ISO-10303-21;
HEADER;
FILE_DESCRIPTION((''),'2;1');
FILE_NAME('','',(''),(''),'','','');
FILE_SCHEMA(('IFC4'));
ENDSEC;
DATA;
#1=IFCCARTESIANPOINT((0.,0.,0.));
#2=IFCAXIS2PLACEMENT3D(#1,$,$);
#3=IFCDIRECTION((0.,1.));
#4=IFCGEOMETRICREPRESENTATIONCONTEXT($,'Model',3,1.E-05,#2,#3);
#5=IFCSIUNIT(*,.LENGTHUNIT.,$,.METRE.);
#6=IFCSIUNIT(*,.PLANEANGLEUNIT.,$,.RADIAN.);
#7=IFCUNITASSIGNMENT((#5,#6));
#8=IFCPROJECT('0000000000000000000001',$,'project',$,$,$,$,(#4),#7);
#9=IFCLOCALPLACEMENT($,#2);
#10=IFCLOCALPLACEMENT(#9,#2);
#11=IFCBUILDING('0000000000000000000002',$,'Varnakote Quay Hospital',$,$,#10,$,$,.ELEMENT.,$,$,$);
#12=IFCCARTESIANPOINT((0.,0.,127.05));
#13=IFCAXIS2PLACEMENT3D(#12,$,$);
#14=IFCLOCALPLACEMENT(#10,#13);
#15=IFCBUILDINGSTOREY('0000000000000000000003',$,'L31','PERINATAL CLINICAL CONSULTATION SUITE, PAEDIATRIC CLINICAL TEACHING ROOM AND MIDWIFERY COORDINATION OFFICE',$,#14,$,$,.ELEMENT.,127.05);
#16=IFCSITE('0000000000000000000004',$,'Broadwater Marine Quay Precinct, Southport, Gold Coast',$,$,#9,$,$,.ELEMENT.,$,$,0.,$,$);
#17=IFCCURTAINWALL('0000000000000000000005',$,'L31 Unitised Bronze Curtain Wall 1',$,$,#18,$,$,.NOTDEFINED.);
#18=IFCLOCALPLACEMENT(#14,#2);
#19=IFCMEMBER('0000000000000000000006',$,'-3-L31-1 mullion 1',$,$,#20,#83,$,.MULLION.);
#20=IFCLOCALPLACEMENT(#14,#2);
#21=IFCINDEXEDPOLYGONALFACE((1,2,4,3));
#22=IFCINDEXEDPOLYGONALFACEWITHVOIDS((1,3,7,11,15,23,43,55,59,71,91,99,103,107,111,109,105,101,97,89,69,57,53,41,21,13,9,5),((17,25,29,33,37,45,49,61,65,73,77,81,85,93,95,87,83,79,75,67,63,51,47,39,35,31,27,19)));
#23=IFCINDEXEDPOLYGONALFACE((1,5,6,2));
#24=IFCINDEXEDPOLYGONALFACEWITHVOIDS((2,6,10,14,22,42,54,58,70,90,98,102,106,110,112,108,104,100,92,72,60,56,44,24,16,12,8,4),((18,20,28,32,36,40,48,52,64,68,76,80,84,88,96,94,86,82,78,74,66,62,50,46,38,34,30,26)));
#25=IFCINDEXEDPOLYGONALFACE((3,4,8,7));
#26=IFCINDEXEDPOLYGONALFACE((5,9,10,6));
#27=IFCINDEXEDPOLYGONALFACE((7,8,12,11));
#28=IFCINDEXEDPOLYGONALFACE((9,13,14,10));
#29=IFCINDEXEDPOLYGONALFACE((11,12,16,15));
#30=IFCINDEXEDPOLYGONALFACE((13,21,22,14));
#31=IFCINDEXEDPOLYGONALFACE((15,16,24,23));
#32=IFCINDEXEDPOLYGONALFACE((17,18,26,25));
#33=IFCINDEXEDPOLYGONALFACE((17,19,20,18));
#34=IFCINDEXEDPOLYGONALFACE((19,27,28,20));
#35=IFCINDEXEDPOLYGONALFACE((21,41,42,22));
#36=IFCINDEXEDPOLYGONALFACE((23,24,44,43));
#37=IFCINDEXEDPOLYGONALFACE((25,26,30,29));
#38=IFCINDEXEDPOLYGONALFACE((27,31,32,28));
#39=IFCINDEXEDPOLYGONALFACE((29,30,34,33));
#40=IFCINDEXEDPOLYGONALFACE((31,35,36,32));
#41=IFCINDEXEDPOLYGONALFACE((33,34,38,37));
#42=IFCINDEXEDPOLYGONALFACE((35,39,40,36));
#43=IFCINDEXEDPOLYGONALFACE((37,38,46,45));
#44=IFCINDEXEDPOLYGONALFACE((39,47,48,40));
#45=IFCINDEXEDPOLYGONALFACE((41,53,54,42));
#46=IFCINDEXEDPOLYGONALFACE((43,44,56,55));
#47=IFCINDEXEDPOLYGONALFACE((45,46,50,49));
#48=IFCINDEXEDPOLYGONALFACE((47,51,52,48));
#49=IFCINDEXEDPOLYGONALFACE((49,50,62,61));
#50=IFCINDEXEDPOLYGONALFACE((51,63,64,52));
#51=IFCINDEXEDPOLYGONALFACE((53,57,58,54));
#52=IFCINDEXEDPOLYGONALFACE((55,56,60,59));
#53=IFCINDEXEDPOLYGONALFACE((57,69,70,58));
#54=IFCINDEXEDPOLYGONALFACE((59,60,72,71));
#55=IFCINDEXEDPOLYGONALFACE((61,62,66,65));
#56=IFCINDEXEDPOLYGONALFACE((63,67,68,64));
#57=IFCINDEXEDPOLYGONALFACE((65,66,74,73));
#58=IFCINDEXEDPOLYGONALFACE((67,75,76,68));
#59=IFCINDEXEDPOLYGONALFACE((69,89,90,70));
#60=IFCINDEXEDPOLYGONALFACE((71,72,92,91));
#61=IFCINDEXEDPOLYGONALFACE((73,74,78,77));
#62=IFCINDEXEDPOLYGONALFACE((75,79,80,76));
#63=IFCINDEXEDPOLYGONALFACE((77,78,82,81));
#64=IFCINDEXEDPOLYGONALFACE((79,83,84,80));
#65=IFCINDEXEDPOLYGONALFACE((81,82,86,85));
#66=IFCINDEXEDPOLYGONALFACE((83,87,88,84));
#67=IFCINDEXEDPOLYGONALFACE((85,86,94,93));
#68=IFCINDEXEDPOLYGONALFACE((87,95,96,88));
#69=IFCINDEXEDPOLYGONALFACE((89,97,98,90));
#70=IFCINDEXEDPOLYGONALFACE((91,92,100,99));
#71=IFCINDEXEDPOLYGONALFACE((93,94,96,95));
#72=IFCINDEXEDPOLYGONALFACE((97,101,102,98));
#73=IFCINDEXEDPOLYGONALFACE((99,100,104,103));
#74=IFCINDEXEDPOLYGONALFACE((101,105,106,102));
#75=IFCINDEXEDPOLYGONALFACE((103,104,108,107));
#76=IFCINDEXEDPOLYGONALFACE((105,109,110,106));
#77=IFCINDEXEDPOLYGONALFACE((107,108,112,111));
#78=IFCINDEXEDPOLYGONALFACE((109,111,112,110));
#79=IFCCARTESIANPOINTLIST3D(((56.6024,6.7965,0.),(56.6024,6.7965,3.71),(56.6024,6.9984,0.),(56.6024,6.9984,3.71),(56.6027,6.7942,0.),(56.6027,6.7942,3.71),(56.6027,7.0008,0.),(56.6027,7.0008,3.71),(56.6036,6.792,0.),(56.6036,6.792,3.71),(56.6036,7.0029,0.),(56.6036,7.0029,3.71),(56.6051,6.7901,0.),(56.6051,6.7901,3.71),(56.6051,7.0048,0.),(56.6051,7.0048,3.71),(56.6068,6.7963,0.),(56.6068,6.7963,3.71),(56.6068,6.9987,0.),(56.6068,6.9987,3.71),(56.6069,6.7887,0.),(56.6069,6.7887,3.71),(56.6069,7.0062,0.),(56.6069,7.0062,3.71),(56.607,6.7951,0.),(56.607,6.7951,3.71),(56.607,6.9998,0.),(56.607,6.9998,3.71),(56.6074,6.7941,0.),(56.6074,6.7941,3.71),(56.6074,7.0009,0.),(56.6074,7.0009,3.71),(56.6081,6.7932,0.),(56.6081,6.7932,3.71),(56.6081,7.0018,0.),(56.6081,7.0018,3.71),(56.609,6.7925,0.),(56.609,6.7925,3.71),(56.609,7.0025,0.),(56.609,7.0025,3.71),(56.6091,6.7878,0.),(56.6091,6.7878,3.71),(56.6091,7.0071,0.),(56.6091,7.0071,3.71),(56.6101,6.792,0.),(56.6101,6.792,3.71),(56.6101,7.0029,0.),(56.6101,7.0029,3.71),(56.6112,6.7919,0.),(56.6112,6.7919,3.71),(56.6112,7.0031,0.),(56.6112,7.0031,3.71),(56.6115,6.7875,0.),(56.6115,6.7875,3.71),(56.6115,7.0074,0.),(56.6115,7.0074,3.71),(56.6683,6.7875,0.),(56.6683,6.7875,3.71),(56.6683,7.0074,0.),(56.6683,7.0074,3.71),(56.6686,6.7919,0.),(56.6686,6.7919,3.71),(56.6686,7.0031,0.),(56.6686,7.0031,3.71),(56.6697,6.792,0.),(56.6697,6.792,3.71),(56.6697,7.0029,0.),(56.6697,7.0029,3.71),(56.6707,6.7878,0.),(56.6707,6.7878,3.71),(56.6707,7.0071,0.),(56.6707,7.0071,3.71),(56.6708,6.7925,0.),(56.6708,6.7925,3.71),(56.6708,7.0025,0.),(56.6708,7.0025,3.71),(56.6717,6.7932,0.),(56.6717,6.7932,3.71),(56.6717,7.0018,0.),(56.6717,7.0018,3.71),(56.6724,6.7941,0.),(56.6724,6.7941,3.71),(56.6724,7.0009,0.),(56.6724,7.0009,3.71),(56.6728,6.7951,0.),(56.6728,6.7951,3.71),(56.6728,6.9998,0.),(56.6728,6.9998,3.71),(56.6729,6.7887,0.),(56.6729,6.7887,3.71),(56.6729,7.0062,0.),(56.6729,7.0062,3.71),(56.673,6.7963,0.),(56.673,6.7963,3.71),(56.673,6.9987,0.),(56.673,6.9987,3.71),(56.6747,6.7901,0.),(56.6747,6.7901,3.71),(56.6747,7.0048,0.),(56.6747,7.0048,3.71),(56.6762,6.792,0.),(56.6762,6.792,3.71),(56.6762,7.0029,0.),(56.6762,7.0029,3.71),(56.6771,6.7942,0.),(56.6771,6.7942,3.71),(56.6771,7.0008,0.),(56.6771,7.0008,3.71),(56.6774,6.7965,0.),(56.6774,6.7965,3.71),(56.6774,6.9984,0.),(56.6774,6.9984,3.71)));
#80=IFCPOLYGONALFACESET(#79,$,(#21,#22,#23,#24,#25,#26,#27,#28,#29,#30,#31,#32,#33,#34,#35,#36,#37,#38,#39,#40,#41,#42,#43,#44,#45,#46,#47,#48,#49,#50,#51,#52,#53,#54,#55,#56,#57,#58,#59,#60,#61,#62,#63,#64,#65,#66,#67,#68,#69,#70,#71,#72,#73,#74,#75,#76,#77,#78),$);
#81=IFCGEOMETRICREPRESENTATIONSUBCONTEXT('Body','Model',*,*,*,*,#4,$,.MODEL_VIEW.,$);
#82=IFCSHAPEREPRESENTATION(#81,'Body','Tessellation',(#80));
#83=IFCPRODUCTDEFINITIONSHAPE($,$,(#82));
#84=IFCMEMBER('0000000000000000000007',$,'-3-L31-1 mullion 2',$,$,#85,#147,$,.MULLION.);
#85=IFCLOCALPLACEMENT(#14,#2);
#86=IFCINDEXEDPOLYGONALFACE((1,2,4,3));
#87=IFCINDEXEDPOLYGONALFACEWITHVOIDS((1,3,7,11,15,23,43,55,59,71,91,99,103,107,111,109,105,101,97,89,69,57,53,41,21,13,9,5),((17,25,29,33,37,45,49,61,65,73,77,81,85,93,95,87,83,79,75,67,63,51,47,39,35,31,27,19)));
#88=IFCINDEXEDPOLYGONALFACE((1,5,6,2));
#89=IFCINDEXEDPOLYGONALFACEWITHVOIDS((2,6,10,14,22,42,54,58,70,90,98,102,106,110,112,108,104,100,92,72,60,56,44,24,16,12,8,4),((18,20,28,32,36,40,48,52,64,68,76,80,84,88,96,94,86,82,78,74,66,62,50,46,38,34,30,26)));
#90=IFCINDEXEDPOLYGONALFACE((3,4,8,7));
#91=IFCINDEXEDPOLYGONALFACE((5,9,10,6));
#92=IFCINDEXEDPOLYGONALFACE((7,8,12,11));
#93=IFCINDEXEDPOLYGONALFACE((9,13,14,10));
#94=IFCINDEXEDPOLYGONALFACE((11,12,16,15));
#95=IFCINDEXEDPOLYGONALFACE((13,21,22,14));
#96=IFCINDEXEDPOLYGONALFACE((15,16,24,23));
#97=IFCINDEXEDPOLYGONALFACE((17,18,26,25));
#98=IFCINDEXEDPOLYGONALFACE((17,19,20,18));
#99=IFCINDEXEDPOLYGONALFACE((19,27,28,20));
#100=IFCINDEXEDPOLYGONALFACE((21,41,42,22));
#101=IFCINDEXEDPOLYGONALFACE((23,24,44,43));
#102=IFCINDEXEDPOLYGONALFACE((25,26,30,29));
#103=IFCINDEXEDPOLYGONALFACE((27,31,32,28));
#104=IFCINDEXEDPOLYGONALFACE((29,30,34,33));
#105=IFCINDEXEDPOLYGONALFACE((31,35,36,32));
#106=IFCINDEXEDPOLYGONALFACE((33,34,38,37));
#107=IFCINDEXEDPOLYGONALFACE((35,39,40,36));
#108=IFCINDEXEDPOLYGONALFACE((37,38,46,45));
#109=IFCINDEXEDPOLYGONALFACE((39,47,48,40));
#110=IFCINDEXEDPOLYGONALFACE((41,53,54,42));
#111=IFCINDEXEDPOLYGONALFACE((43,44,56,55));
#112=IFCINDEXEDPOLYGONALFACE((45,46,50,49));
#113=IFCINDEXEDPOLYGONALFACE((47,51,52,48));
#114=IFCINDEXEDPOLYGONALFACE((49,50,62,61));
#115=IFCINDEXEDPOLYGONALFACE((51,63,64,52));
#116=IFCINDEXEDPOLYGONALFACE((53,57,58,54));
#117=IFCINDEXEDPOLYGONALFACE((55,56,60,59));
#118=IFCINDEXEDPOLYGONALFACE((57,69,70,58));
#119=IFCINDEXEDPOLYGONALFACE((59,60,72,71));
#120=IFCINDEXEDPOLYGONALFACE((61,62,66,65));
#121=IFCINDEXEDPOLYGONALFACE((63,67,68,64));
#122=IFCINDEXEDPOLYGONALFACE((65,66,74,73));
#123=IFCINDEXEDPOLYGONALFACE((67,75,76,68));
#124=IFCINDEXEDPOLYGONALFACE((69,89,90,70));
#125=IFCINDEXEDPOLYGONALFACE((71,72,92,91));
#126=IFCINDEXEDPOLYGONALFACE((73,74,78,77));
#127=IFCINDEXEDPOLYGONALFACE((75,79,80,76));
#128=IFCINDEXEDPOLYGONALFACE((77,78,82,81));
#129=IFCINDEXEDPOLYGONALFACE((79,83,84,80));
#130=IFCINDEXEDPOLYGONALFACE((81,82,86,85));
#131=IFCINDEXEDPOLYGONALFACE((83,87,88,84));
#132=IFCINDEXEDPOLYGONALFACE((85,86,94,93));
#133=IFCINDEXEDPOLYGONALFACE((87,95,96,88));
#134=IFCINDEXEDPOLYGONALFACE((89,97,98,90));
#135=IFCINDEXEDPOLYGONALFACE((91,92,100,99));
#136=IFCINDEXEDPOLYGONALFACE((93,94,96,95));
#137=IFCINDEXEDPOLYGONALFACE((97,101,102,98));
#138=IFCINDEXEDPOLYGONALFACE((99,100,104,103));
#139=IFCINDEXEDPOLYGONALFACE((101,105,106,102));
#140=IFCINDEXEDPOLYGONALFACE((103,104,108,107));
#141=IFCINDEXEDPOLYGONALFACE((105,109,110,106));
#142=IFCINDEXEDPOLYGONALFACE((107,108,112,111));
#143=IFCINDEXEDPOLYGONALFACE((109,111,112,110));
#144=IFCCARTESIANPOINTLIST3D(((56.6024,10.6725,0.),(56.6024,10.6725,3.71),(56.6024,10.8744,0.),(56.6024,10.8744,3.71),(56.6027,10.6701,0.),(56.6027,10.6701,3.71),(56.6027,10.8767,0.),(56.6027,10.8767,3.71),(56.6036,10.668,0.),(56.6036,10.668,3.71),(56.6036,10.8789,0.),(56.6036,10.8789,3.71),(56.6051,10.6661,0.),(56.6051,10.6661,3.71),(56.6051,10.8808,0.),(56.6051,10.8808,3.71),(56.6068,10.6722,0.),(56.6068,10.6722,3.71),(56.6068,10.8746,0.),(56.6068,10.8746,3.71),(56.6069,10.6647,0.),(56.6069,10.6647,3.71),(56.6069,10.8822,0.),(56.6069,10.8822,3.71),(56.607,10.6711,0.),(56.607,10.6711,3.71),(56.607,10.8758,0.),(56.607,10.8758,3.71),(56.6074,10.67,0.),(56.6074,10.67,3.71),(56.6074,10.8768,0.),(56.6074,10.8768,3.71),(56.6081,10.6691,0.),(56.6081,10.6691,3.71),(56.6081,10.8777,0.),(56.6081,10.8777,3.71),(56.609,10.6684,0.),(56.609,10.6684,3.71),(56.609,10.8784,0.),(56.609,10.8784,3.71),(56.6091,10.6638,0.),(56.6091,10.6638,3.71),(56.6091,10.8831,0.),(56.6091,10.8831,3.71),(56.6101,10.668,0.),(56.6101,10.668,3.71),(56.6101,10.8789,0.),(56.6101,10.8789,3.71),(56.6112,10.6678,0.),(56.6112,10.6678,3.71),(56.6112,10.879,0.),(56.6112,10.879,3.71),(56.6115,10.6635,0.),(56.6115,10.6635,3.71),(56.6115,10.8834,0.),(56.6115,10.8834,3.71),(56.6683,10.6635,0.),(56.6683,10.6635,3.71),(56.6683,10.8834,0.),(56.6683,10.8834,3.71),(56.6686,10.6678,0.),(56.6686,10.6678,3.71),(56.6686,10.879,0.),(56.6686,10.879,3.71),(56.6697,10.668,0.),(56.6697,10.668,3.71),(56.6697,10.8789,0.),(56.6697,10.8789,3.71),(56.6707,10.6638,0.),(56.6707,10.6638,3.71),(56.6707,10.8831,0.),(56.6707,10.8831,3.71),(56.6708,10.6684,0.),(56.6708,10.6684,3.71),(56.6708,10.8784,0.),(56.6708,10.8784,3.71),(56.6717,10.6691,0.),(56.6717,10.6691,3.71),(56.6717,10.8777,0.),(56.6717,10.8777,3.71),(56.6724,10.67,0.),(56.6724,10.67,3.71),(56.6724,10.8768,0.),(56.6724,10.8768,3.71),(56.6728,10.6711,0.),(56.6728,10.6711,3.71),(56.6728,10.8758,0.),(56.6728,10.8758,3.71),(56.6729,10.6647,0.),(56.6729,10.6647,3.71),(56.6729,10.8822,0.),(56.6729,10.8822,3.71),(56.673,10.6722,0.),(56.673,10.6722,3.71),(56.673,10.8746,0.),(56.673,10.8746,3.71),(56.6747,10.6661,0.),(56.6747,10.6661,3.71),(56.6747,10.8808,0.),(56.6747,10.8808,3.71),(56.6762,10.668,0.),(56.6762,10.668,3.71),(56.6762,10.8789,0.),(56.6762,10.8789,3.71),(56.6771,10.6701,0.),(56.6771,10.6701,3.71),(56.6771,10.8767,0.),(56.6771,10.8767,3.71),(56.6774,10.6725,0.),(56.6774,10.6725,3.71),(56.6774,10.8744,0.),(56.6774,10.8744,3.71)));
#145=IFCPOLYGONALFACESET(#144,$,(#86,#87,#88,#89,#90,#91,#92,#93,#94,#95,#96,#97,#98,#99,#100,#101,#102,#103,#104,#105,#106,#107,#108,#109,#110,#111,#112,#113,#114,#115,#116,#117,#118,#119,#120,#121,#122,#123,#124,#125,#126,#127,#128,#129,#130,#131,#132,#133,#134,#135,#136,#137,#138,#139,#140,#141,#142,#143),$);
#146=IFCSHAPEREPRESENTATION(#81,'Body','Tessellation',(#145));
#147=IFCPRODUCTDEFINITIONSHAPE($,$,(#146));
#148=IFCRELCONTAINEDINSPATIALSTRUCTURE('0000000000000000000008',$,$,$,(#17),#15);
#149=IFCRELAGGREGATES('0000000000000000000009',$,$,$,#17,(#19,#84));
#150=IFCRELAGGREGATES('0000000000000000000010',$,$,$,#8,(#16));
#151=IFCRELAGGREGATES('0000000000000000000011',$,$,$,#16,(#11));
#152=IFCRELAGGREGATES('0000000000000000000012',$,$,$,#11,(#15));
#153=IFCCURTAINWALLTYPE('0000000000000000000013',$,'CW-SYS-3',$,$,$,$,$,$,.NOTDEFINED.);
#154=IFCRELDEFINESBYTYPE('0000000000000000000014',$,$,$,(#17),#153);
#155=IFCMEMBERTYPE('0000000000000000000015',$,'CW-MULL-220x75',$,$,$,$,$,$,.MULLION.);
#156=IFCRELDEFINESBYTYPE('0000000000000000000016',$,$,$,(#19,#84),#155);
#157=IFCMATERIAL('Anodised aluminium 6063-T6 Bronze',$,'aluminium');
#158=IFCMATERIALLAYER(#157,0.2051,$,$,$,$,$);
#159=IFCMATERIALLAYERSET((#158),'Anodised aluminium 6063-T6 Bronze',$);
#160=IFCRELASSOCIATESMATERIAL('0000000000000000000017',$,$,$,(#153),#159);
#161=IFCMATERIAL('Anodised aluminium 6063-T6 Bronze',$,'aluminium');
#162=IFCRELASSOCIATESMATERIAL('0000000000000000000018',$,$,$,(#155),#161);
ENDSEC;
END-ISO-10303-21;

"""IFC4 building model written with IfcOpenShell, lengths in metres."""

from ifc_helpers import new_model, si_unit, direction, frame, origin, origin_2d, place, context, subcontext, project, spatial, hollow_rectangle, extrude, material, layer, layer_set, material_profile, profile_set, type_object, element, aggregate, save


model = new_model("IFC4")

# Units and contexts
model_context = context("Model", 3, precision=1e-05, world=origin(), true_north=direction((0.0, 1.0)))
body_context = subcontext(model_context, "Body", "Model", "MODEL_VIEW")
ifc_project = project(units=[si_unit("LENGTHUNIT", "METRE"), si_unit("PLANEANGLEUNIT", "RADIAN")], contexts=[model_context])

# Site, building, storey
site_placement = place(None, origin())
site = spatial("IfcSite", under=ifc_project, at=site_placement, Name="Broadwater Marine Quay Precinct, Southport, Gold Coast", CompositionType="ELEMENT", RefElevation=0.0)
building_placement = place(site_placement, origin())
building = spatial("IfcBuilding", under=site, at=building_placement, Name="Varnakote Quay Hospital", CompositionType="ELEMENT")
storey_placement = place(building_placement, frame((0.0, 0.0, 127.05)))
storey = spatial("IfcBuildingStorey", under=building, at=storey_placement, Name="L31", Description="PERINATAL CLINICAL CONSULTATION SUITE, PAEDIATRIC CLINICAL TEACHING ROOM AND MIDWIFERY COORDINATION OFFICE", CompositionType="ELEMENT", Elevation=127.05)

# Curtain wall, members
ifc_material_1 = material(Name="Anodised aluminium 6063-T6 Bronze", Category="aluminium")
ifc_layer_1 = layer(ifc_material_1, 0.2051)
ifc_layer_set_1 = layer_set([ifc_layer_1], Name="Anodised aluminium 6063-T6 Bronze")
curtain_wall_type = type_object("IfcCurtainWallType", Name="CW-SYS-3", PredefinedType="NOTDEFINED", material=ifc_layer_set_1)
curtain_wall_placement = place(storey_placement, origin())
curtain_wall = element("IfcCurtainWall", 1, at=curtain_wall_placement, inside=storey, type_object=curtain_wall_type, Name="L31 Unitised Bronze Curtain Wall 1", PredefinedType="NOTDEFINED")
ifc_material_2 = material(Name="Anodised aluminium 6063-T6 Bronze", Category="aluminium")
ifc_material_profile_1 = material_profile(ifc_material_2, hollow_rectangle(XDim=0.075, YDim=0.22, WallThickness=0.0044, InnerFilletRadius=0.0044, OuterFilletRadius=0.009, at=origin_2d()), Name="CW-MULL-220x75")
ifc_profile_set_1 = profile_set([ifc_material_profile_1], Name="Anodised aluminium 6063-T6 Bronze")
member_type_1 = type_object("IfcMemberType", Name="CW-MULL-220x75", PredefinedType="MULLION", material=ifc_profile_set_1)
member_1_placement = place(storey_placement, frame((56.6399, 6.8975, 0.0), z_axis=(0.0, 0.0, 1.0), x_axis=(-1.0, 0.0, 0.0)))
member_1 = element("IfcMember", 2, at=member_1_placement, type_object=member_type_1, Name="-3-L31-1 mullion 1", PredefinedType="MULLION", context=body_context, shape_type="SweptSolid", body=[
    extrude(hollow_rectangle(XDim=0.075, YDim=0.22, WallThickness=0.0044, InnerFilletRadius=0.0044, OuterFilletRadius=0.009, at=origin_2d()), origin(), (0.0, 0.0, 1.0), 3.71),
])
member_2_placement = place(storey_placement, frame((56.6399, 10.7734, 0.0), z_axis=(0.0, 0.0, 1.0), x_axis=(-1.0, 0.0, 0.0)))
member_2 = element("IfcMember", 3, at=member_2_placement, type_object=member_type_1, Name="-3-L31-1 mullion 2", PredefinedType="MULLION", context=body_context, shape_type="SweptSolid", body=[
    extrude(hollow_rectangle(XDim=0.075, YDim=0.22, WallThickness=0.0044, InnerFilletRadius=0.0044, OuterFilletRadius=0.009, at=origin_2d()), origin(), (0.0, 0.0, 1.0), 3.71),
])
aggregate(curtain_wall, [member_1, member_2])

save(model, "model.ifc")
